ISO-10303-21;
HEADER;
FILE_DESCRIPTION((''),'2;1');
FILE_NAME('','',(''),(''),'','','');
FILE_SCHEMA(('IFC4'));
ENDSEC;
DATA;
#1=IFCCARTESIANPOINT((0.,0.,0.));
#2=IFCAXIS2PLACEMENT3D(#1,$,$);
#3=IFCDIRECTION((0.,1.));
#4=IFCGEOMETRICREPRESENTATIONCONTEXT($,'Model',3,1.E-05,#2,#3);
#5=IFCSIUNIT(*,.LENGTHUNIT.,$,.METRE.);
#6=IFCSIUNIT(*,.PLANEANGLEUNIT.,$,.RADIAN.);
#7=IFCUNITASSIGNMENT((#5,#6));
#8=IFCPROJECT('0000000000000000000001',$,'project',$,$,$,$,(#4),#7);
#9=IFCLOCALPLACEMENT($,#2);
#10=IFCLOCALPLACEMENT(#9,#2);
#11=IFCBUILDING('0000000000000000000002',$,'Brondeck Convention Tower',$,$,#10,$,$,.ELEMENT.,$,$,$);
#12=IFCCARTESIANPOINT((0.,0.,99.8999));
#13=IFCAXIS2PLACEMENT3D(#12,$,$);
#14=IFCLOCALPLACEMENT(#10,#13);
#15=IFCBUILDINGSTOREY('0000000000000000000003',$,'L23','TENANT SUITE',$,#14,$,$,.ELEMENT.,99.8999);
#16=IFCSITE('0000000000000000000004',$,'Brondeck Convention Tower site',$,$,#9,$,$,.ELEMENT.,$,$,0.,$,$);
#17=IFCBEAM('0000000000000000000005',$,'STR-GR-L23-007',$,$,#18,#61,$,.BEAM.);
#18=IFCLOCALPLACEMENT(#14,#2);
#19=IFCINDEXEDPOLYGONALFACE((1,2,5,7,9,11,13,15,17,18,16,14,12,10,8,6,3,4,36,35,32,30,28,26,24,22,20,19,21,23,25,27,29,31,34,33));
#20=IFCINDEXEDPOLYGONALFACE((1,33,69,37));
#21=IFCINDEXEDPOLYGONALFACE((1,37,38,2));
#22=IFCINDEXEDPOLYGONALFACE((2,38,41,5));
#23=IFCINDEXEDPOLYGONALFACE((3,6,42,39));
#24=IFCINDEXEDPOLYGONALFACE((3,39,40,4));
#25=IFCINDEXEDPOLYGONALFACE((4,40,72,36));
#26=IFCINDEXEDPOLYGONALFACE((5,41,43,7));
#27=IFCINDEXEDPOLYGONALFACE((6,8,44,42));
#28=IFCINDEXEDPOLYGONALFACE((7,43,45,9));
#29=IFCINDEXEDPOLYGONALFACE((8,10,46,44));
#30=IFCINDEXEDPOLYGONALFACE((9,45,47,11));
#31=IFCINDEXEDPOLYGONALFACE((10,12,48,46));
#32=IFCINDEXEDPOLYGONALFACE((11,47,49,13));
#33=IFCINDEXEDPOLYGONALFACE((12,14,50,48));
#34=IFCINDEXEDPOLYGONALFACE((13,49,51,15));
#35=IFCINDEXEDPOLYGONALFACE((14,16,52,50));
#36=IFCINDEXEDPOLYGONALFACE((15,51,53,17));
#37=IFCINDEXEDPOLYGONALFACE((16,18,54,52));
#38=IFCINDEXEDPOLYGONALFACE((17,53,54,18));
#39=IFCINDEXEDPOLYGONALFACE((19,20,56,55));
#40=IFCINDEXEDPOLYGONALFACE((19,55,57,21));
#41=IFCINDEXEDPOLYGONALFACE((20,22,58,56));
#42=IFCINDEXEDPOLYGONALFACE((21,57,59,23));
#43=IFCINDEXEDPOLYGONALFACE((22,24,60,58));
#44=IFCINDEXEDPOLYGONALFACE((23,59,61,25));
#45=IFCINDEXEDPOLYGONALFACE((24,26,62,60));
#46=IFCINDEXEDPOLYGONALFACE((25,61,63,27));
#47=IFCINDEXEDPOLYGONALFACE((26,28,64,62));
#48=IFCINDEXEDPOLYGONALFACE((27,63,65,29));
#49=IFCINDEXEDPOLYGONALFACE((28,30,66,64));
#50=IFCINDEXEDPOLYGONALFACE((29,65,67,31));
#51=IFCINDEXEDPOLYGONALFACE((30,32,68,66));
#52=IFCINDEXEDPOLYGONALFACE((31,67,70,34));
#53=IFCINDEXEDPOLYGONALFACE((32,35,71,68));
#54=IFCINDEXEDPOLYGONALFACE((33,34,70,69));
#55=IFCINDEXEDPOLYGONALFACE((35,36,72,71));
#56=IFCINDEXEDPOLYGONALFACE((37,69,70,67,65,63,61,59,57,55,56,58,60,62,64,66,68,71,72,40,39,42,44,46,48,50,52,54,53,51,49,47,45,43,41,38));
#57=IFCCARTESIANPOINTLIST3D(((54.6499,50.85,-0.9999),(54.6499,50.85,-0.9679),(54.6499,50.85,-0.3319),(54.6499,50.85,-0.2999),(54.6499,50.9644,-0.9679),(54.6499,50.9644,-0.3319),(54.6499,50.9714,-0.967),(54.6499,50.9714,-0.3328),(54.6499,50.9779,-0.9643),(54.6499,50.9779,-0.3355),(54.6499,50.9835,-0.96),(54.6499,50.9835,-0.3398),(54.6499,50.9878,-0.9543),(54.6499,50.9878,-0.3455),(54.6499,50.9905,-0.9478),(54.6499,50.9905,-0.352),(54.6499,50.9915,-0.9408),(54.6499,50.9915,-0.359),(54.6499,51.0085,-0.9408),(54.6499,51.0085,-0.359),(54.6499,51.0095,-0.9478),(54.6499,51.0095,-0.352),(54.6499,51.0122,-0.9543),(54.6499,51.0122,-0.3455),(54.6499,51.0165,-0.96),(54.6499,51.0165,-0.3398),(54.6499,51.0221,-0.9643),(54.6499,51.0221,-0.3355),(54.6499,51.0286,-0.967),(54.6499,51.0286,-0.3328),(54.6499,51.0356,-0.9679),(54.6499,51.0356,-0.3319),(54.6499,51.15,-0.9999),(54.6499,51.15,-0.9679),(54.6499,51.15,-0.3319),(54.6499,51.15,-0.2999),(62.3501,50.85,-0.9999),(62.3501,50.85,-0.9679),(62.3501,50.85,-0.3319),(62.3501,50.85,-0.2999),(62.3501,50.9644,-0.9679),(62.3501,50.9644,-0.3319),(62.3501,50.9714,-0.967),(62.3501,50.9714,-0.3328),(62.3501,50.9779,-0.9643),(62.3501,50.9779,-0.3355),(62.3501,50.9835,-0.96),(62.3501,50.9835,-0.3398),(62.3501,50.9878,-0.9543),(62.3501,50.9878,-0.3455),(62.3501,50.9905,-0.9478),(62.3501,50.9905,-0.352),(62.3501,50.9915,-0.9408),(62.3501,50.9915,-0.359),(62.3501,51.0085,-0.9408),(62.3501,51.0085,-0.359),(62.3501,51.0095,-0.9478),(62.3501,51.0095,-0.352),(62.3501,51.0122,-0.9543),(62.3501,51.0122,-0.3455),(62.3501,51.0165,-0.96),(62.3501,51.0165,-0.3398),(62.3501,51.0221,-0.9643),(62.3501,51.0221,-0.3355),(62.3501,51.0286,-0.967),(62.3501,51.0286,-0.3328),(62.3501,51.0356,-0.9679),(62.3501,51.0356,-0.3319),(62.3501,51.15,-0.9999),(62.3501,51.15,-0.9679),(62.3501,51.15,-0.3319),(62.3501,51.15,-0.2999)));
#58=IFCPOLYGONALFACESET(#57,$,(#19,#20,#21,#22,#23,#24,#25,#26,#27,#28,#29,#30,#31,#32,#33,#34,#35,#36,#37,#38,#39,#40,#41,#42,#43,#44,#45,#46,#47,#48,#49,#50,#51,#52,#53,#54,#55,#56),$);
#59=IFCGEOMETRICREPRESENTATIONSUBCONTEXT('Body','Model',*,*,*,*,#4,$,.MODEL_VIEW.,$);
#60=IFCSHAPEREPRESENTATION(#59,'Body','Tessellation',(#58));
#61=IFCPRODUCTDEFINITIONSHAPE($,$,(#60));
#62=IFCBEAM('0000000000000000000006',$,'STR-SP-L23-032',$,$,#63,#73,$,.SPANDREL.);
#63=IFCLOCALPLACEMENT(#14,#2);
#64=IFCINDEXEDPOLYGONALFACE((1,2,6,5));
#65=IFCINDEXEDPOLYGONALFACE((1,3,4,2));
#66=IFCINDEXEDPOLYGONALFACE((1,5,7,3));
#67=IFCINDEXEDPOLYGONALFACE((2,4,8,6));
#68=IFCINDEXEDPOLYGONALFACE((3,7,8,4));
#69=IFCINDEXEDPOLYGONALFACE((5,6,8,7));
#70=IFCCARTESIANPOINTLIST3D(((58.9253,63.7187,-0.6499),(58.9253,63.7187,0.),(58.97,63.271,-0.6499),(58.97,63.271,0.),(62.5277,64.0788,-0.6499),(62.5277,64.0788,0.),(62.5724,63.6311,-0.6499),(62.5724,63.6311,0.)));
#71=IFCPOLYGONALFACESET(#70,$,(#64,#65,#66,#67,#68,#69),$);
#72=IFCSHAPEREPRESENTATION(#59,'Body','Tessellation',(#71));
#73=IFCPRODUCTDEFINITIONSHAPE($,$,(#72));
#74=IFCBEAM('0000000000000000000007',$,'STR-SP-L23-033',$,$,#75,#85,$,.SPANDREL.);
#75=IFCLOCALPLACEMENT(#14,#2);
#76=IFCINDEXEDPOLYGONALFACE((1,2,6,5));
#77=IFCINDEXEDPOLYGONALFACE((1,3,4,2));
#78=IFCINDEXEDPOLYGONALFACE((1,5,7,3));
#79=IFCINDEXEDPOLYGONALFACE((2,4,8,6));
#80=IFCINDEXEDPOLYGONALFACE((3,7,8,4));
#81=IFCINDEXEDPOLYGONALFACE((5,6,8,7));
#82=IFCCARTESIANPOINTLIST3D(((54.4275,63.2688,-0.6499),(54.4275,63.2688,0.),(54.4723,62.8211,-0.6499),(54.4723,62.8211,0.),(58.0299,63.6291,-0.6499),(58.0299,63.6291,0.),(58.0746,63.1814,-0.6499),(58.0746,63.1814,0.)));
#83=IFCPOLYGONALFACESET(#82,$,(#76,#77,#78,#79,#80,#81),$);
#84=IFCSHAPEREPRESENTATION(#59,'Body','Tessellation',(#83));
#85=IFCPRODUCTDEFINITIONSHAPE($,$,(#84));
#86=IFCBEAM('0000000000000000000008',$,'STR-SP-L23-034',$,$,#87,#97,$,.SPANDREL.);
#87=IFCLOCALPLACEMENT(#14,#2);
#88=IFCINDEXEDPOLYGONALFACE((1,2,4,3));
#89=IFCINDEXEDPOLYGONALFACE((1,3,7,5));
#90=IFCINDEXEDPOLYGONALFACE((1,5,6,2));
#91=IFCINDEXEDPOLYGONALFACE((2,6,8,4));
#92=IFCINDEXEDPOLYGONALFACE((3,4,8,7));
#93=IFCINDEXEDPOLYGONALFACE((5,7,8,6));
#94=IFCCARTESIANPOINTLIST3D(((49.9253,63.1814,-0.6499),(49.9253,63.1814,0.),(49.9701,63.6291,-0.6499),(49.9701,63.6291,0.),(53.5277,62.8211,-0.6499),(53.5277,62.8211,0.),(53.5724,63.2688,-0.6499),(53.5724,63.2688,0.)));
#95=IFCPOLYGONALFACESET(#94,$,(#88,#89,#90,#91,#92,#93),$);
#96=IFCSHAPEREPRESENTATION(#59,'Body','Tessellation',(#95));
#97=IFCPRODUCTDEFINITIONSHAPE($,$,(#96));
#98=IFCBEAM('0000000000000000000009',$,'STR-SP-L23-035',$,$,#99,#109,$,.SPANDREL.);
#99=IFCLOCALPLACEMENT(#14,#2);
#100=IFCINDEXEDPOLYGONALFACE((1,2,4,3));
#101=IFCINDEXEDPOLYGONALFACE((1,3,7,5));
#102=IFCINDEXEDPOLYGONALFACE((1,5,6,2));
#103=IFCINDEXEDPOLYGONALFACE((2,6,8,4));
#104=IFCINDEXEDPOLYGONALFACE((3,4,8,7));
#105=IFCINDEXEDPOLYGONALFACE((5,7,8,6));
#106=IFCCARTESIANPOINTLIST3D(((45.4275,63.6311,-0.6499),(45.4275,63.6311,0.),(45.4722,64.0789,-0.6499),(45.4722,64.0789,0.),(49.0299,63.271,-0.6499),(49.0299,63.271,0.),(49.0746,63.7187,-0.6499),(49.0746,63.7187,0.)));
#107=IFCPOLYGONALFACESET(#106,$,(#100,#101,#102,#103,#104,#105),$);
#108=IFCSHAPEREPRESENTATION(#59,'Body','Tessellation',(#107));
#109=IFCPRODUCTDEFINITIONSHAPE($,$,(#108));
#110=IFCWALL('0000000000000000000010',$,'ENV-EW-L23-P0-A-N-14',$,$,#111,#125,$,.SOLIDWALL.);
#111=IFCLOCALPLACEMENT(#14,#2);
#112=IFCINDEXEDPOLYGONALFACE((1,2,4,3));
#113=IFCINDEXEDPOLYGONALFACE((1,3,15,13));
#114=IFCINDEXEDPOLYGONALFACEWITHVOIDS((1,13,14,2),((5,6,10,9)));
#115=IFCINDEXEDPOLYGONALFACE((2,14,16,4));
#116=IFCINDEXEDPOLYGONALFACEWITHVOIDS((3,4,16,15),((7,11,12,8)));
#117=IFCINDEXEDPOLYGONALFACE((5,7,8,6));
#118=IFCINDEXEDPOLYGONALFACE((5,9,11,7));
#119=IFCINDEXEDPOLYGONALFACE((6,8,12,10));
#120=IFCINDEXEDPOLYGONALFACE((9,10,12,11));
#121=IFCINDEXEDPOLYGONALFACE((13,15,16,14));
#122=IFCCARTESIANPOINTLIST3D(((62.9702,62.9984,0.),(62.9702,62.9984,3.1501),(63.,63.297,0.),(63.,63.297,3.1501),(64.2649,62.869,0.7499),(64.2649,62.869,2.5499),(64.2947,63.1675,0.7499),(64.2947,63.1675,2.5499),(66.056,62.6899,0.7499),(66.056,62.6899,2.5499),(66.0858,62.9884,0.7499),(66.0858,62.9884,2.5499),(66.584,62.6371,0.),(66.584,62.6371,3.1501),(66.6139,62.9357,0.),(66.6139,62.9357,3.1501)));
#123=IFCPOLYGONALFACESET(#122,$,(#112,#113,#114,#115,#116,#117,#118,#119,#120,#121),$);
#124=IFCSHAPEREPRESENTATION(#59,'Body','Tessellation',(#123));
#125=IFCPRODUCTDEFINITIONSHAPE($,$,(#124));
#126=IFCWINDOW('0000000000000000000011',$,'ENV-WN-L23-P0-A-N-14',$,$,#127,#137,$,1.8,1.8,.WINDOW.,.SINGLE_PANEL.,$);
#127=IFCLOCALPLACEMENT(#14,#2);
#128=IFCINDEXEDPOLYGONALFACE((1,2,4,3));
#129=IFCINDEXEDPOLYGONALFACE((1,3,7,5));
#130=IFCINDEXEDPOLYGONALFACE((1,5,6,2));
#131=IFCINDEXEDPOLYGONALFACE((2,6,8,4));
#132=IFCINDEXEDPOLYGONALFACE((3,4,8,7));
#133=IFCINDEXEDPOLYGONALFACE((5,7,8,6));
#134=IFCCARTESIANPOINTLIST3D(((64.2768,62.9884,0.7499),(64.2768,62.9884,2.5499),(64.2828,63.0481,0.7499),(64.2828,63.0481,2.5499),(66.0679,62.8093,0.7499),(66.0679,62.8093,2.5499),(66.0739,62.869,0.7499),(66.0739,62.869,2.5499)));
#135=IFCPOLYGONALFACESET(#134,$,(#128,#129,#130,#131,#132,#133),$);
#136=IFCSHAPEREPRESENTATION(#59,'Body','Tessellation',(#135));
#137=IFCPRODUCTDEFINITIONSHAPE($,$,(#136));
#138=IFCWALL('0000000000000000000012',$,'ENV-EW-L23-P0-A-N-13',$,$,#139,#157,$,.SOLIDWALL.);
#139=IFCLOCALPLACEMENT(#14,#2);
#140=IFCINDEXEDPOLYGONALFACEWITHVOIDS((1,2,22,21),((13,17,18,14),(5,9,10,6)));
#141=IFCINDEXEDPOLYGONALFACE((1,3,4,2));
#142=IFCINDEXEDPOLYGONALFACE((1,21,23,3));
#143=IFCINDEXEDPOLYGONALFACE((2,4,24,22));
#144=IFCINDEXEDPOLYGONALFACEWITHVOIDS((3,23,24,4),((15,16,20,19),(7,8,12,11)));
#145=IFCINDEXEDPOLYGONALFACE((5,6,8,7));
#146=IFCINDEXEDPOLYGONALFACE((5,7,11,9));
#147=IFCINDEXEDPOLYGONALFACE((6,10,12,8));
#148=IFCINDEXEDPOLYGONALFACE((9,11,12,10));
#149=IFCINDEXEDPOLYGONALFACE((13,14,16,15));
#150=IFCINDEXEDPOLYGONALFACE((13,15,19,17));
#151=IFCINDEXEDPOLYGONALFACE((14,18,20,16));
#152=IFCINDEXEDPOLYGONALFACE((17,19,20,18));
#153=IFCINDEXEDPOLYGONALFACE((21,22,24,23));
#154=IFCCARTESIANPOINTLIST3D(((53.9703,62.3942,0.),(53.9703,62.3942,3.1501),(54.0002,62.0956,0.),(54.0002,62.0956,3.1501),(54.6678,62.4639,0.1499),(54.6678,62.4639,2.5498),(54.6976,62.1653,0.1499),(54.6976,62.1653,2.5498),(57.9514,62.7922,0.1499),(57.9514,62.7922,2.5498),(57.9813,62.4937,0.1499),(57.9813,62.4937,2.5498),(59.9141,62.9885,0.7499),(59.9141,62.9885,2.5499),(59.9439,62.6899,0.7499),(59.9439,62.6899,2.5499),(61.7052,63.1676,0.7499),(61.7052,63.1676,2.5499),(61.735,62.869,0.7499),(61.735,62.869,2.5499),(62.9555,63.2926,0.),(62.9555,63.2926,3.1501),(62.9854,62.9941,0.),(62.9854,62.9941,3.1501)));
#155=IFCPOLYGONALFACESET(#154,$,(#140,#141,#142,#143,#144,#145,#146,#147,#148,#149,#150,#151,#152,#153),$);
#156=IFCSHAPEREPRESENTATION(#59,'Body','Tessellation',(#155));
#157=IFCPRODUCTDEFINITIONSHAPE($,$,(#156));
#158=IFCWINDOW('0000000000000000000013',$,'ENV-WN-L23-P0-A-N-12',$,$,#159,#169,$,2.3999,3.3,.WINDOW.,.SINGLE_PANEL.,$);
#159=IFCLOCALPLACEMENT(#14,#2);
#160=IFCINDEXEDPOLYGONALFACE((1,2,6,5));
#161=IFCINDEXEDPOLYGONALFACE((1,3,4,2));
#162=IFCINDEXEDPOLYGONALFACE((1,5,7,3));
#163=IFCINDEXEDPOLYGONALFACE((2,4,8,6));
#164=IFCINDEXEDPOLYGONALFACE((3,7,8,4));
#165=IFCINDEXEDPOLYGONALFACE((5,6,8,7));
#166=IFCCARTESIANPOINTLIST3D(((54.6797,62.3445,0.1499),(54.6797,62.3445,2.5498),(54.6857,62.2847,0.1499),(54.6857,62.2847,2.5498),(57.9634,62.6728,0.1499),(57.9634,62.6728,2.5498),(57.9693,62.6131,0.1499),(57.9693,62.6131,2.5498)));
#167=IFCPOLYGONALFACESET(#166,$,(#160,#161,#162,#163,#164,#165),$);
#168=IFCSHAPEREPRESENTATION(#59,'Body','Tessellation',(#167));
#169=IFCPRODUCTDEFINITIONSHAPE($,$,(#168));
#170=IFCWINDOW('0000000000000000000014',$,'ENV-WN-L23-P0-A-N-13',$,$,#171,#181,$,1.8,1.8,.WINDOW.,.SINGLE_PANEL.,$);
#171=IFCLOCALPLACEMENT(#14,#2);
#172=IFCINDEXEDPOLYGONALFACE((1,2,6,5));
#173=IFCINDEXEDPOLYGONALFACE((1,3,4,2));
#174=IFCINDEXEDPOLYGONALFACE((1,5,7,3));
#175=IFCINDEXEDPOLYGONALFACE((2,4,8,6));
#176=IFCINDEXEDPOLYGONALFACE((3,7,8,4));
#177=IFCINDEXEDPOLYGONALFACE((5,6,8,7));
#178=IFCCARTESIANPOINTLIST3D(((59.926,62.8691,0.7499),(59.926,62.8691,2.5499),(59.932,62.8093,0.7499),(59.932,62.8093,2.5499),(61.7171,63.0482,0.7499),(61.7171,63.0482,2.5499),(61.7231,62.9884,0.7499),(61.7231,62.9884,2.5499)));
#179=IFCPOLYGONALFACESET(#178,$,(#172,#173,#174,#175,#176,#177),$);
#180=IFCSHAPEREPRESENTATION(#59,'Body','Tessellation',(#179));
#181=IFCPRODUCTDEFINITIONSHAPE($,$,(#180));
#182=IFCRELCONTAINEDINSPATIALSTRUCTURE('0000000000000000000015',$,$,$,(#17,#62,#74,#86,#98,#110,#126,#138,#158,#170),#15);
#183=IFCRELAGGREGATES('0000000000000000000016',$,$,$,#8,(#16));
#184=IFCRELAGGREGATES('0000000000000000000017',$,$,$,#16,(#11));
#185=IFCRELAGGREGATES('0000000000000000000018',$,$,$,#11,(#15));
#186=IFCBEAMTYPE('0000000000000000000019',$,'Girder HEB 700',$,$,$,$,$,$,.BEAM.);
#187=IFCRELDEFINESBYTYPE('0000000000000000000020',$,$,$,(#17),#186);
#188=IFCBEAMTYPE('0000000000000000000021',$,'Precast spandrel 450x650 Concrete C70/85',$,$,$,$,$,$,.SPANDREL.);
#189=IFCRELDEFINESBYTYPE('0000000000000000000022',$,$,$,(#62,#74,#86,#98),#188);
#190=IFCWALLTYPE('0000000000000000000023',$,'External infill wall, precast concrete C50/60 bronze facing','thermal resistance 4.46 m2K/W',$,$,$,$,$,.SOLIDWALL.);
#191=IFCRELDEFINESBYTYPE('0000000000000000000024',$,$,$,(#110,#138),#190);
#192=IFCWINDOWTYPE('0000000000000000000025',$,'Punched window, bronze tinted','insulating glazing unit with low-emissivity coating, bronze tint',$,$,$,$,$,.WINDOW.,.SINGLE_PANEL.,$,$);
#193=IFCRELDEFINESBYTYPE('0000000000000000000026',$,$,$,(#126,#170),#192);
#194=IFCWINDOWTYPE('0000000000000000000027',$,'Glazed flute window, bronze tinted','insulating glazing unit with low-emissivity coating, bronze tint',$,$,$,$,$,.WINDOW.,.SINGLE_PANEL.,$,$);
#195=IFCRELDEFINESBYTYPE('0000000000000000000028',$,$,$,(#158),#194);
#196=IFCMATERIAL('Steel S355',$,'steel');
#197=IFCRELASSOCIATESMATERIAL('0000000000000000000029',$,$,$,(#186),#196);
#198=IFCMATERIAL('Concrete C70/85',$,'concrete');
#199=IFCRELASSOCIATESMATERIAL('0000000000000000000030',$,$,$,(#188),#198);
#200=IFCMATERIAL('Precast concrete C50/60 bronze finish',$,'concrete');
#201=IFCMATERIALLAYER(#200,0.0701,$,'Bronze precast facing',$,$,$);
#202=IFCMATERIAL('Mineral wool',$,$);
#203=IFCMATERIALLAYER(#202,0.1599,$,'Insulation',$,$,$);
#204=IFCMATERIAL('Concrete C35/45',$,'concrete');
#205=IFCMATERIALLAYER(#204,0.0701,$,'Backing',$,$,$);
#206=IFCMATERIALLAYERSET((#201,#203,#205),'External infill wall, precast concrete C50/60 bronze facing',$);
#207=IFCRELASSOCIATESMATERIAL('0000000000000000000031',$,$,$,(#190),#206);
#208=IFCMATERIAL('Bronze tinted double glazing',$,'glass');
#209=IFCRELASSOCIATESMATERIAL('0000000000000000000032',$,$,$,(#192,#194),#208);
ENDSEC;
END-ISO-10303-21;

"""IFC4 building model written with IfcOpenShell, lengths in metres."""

from ifc_helpers import new_model, si_unit, direction, frame, frame_2d, origin, origin_2d, place, context, subcontext, project, spatial, rectangle, i_section, extrude, material, layer, layer_set, material_profile, profile_set, type_object, element, fill, save


model = new_model("IFC4")

# Units and contexts
model_context = context("Model", 3, precision=1e-05, world=origin(), true_north=direction((0.0, 1.0)))
body_context = subcontext(model_context, "Body", "Model", "MODEL_VIEW")
ifc_project = project(units=[si_unit("LENGTHUNIT", "METRE"), si_unit("PLANEANGLEUNIT", "RADIAN")], contexts=[model_context])

# Site, building, storey
site_placement = place(None, origin())
site = spatial("IfcSite", under=ifc_project, at=site_placement, Name="Brondeck Convention Tower site", CompositionType="ELEMENT", RefElevation=0.0)
building_placement = place(site_placement, origin())
building = spatial("IfcBuilding", under=site, at=building_placement, Name="Brondeck Convention Tower", CompositionType="ELEMENT")
storey_placement = place(building_placement, frame((0.0, 0.0, 99.8999)))
storey = spatial("IfcBuildingStorey", under=building, at=storey_placement, Name="L23", Description="TENANT SUITE", CompositionType="ELEMENT", Elevation=99.8999)

# Shared definitions
ifc_material_1 = material(Name="Concrete C70/85", Category="concrete")

# Beams
ifc_material_2 = material(Name="Steel S355", Category="steel")
ifc_material_profile_1 = material_profile(ifc_material_2, i_section(OverallWidth=0.3, OverallDepth=0.7, WebThickness=0.0171, FlangeThickness=0.032, FilletRadius=0.0271, at=origin_2d()), Name="HEB 700")
ifc_profile_set_1 = profile_set([ifc_material_profile_1], Name="Steel S355")
beam_type_1 = type_object("IfcBeamType", Name="Girder HEB 700", PredefinedType="BEAM", material=ifc_profile_set_1)
for number, where, z_axis, x_axis, name in (
    (1, (54.6499, 51.0, -0.6499), (1.0, 0.0, 0.0), (0.0, 1.0, 0.0), "STR-GR-L23-007"),
):
    element("IfcBeam", number, at=place(storey_placement, frame(where, z_axis=z_axis, x_axis=x_axis)), inside=storey, type_object=beam_type_1, Name=name, PredefinedType="BEAM", context=body_context, shape_type="SweptSolid", body=[
        extrude(i_section(OverallWidth=0.3, OverallDepth=0.7, WebThickness=0.0171, FlangeThickness=0.032, FilletRadius=0.0271, at=origin_2d()), origin(), (0.0, 0.0, 1.0), 7.7002),
    ])
ifc_material_profile_2 = material_profile(ifc_material_1, rectangle(XDim=0.45, YDim=0.6499, at=origin_2d()), Name="Precast spandrel 450x650 Concrete C70/85")
ifc_profile_set_2 = profile_set([ifc_material_profile_2], Name="Concrete C70/85")
beam_type_2 = type_object("IfcBeamType", Name="Precast spandrel 450x650 Concrete C70/85", PredefinedType="SPANDREL", material=ifc_profile_set_2)
for number, where, z_axis, x_axis, name in (
    (2, (62.55, 63.855, -0.325), (-0.995041, -0.09947, 0.0), (0.09947, -0.995041, 0.0), "STR-SP-L23-032"),
    (3, (58.0522, 63.4053, -0.325), (-0.995034, -0.099537, 0.0), (0.099537, -0.995034, 0.0), "STR-SP-L23-033"),
    (4, (53.55, 63.0449, -0.325), (-0.995034, 0.099537, 0.0), (-0.099537, -0.995034, 0.0), "STR-SP-L23-034"),
    (5, (49.0522, 63.4949, -0.325), (-0.995041, 0.09947, 0.0), (-0.09947, -0.995041, 0.0), "STR-SP-L23-035"),
):
    element("IfcBeam", number, at=place(storey_placement, frame(where, z_axis=z_axis, x_axis=x_axis)), inside=storey, type_object=beam_type_2, Name=name, PredefinedType="SPANDREL", context=body_context, shape_type="SweptSolid", body=[
        extrude(rectangle(XDim=0.45, YDim=0.6499, at=origin_2d()), origin(), (0.0, 0.0, 1.0), 3.6204),
    ])

# Wall, opening, window
ifc_material_3 = material(Name="Precast concrete C50/60 bronze finish", Category="concrete")
ifc_layer_1 = layer(ifc_material_3, 0.0701, Name="Bronze precast facing")
ifc_material_4 = material(Name="Mineral wool")
ifc_layer_2 = layer(ifc_material_4, 0.1599, Name="Insulation")
ifc_material_5 = material(Name="Concrete C35/45", Category="concrete")
ifc_layer_3 = layer(ifc_material_5, 0.0701, Name="Backing")
ifc_layer_set_1 = layer_set([ifc_layer_1, ifc_layer_2, ifc_layer_3], Name="External infill wall, precast concrete C50/60 bronze facing")
wall_type_1 = type_object("IfcWallType", Name="External infill wall, precast concrete C50/60 bronze facing", Description="thermal resistance 4.46 m2K/W", PredefinedType="SOLIDWALL", material=ifc_layer_set_1)
wall_1_placement = place(storey_placement, frame((62.9851, 63.1477, 0.0), z_axis=(0.0, 0.0, 1.0), x_axis=(0.995039, -0.09949, 0.0)))
wall_1 = element("IfcWall", 6, at=wall_1_placement, inside=storey, type_object=wall_type_1, Name="ENV-EW-L23-P0-A-N-14", PredefinedType="SOLIDWALL", context=body_context, shape_type="SweptSolid", body=[
    extrude(rectangle(XDim=3.6318, YDim=0.3, at=frame_2d((1.8159, 0.0))), origin(), (0.0, 0.0, 1.0), 3.1501),
])
opening_1_placement = place(wall_1_placement, frame((1.3013, 0.0, 0.75)))
opening_1 = element("IfcOpeningElement", 7, at=opening_1_placement, cuts=wall_1, PredefinedType="OPENING", context=body_context, shape_type="SweptSolid", body=[
    extrude(rectangle(XDim=1.8, YDim=1.8, at=frame_2d((0.8999, 0.8999))), frame((0.0, 0.1599, 0.0), z_axis=(0.0, -1.0, 0.0), x_axis=(1.0, 0.0, 0.0)), (0.0, 0.0, 1.0), 0.3201),
])
ifc_material_6 = material(Name="Bronze tinted double glazing", Category="glass")
window_type_1 = type_object("IfcWindowType", Name="Punched window, bronze tinted", Description="insulating glazing unit with low-emissivity coating, bronze tint", PartitioningType="SINGLE_PANEL", PredefinedType="WINDOW", material=ifc_material_6)
window_1_placement = place(opening_1_placement, origin())
window_1 = element("IfcWindow", 8, at=window_1_placement, inside=storey, type_object=window_type_1, Name="ENV-WN-L23-P0-A-N-14", OverallHeight=1.8, OverallWidth=1.8, PartitioningType="SINGLE_PANEL", PredefinedType="WINDOW", context=body_context, shape_type="SweptSolid", body=[
    extrude(rectangle(XDim=1.8, YDim=1.8, at=frame_2d((0.8999, 0.8999))), frame((0.0, 0.03, 0.0), z_axis=(0.0, -1.0, 0.0), x_axis=(1.0, 0.0, 0.0)), (0.0, 0.0, 1.0), 0.0601),
])
fill(opening_1, window_1)

# Wall, openings, windows
wall_2_placement = place(storey_placement, frame((53.9851, 62.2449, 0.0), z_axis=(0.0, 0.0, 1.0), x_axis=(0.995038, 0.099496, 0.0)))
wall_2 = element("IfcWall", 9, at=wall_2_placement, inside=storey, type_object=wall_type_1, Name="ENV-EW-L23-P0-A-N-13", PredefinedType="SOLIDWALL", context=body_context, shape_type="SweptSolid", body=[
    extrude(rectangle(XDim=9.03, YDim=0.3, at=frame_2d((4.5151, 0.0))), origin(), (0.0, 0.0, 1.0), 3.1501),
])
opening_2_placement = place(wall_2_placement, frame((0.7012, 0.0, 0.1499)))
opening_2 = element("IfcOpeningElement", 10, at=opening_2_placement, cuts=wall_2, PredefinedType="OPENING", context=body_context, shape_type="SweptSolid", body=[
    extrude(rectangle(XDim=3.3, YDim=2.3999, at=frame_2d((1.6499, 1.2))), frame((0.0, 0.1599, 0.0), z_axis=(0.0, -1.0, 0.0), x_axis=(1.0, 0.0, 0.0)), (0.0, 0.0, 1.0), 0.3201),
])
opening_3_placement = place(wall_2_placement, frame((5.9736, 0.0, 0.75)))
opening_3 = element("IfcOpeningElement", 11, at=opening_3_placement, cuts=wall_2, PredefinedType="OPENING", context=body_context, shape_type="SweptSolid", body=[
    extrude(rectangle(XDim=1.8, YDim=1.8, at=frame_2d((0.8999, 0.8999))), frame((0.0, 0.1599, 0.0), z_axis=(0.0, -1.0, 0.0), x_axis=(1.0, 0.0, 0.0)), (0.0, 0.0, 1.0), 0.3201),
])
window_type_2 = type_object("IfcWindowType", Name="Glazed flute window, bronze tinted", Description="insulating glazing unit with low-emissivity coating, bronze tint", PartitioningType="SINGLE_PANEL", PredefinedType="WINDOW", material=ifc_material_6)
window_2_placement = place(opening_2_placement, origin())
window_2 = element("IfcWindow", 12, at=window_2_placement, inside=storey, type_object=window_type_2, Name="ENV-WN-L23-P0-A-N-12", OverallHeight=2.3999, OverallWidth=3.3, PartitioningType="SINGLE_PANEL", PredefinedType="WINDOW", context=body_context, shape_type="SweptSolid", body=[
    extrude(rectangle(XDim=3.3, YDim=2.3999, at=frame_2d((1.6499, 1.2))), frame((0.0, 0.03, 0.0), z_axis=(0.0, -1.0, 0.0), x_axis=(1.0, 0.0, 0.0)), (0.0, 0.0, 1.0), 0.0601),
])
fill(opening_2, window_2)
window_3_placement = place(opening_3_placement, origin())
window_3 = element("IfcWindow", 13, at=window_3_placement, inside=storey, type_object=window_type_1, Name="ENV-WN-L23-P0-A-N-13", OverallHeight=1.8, OverallWidth=1.8, PartitioningType="SINGLE_PANEL", PredefinedType="WINDOW", context=body_context, shape_type="SweptSolid", body=[
    extrude(rectangle(XDim=1.8, YDim=1.8, at=frame_2d((0.8999, 0.8999))), frame((0.0, 0.03, 0.0), z_axis=(0.0, -1.0, 0.0), x_axis=(1.0, 0.0, 0.0)), (0.0, 0.0, 1.0), 0.0601),
])
fill(opening_3, window_3)

save(model, "model.ifc")
